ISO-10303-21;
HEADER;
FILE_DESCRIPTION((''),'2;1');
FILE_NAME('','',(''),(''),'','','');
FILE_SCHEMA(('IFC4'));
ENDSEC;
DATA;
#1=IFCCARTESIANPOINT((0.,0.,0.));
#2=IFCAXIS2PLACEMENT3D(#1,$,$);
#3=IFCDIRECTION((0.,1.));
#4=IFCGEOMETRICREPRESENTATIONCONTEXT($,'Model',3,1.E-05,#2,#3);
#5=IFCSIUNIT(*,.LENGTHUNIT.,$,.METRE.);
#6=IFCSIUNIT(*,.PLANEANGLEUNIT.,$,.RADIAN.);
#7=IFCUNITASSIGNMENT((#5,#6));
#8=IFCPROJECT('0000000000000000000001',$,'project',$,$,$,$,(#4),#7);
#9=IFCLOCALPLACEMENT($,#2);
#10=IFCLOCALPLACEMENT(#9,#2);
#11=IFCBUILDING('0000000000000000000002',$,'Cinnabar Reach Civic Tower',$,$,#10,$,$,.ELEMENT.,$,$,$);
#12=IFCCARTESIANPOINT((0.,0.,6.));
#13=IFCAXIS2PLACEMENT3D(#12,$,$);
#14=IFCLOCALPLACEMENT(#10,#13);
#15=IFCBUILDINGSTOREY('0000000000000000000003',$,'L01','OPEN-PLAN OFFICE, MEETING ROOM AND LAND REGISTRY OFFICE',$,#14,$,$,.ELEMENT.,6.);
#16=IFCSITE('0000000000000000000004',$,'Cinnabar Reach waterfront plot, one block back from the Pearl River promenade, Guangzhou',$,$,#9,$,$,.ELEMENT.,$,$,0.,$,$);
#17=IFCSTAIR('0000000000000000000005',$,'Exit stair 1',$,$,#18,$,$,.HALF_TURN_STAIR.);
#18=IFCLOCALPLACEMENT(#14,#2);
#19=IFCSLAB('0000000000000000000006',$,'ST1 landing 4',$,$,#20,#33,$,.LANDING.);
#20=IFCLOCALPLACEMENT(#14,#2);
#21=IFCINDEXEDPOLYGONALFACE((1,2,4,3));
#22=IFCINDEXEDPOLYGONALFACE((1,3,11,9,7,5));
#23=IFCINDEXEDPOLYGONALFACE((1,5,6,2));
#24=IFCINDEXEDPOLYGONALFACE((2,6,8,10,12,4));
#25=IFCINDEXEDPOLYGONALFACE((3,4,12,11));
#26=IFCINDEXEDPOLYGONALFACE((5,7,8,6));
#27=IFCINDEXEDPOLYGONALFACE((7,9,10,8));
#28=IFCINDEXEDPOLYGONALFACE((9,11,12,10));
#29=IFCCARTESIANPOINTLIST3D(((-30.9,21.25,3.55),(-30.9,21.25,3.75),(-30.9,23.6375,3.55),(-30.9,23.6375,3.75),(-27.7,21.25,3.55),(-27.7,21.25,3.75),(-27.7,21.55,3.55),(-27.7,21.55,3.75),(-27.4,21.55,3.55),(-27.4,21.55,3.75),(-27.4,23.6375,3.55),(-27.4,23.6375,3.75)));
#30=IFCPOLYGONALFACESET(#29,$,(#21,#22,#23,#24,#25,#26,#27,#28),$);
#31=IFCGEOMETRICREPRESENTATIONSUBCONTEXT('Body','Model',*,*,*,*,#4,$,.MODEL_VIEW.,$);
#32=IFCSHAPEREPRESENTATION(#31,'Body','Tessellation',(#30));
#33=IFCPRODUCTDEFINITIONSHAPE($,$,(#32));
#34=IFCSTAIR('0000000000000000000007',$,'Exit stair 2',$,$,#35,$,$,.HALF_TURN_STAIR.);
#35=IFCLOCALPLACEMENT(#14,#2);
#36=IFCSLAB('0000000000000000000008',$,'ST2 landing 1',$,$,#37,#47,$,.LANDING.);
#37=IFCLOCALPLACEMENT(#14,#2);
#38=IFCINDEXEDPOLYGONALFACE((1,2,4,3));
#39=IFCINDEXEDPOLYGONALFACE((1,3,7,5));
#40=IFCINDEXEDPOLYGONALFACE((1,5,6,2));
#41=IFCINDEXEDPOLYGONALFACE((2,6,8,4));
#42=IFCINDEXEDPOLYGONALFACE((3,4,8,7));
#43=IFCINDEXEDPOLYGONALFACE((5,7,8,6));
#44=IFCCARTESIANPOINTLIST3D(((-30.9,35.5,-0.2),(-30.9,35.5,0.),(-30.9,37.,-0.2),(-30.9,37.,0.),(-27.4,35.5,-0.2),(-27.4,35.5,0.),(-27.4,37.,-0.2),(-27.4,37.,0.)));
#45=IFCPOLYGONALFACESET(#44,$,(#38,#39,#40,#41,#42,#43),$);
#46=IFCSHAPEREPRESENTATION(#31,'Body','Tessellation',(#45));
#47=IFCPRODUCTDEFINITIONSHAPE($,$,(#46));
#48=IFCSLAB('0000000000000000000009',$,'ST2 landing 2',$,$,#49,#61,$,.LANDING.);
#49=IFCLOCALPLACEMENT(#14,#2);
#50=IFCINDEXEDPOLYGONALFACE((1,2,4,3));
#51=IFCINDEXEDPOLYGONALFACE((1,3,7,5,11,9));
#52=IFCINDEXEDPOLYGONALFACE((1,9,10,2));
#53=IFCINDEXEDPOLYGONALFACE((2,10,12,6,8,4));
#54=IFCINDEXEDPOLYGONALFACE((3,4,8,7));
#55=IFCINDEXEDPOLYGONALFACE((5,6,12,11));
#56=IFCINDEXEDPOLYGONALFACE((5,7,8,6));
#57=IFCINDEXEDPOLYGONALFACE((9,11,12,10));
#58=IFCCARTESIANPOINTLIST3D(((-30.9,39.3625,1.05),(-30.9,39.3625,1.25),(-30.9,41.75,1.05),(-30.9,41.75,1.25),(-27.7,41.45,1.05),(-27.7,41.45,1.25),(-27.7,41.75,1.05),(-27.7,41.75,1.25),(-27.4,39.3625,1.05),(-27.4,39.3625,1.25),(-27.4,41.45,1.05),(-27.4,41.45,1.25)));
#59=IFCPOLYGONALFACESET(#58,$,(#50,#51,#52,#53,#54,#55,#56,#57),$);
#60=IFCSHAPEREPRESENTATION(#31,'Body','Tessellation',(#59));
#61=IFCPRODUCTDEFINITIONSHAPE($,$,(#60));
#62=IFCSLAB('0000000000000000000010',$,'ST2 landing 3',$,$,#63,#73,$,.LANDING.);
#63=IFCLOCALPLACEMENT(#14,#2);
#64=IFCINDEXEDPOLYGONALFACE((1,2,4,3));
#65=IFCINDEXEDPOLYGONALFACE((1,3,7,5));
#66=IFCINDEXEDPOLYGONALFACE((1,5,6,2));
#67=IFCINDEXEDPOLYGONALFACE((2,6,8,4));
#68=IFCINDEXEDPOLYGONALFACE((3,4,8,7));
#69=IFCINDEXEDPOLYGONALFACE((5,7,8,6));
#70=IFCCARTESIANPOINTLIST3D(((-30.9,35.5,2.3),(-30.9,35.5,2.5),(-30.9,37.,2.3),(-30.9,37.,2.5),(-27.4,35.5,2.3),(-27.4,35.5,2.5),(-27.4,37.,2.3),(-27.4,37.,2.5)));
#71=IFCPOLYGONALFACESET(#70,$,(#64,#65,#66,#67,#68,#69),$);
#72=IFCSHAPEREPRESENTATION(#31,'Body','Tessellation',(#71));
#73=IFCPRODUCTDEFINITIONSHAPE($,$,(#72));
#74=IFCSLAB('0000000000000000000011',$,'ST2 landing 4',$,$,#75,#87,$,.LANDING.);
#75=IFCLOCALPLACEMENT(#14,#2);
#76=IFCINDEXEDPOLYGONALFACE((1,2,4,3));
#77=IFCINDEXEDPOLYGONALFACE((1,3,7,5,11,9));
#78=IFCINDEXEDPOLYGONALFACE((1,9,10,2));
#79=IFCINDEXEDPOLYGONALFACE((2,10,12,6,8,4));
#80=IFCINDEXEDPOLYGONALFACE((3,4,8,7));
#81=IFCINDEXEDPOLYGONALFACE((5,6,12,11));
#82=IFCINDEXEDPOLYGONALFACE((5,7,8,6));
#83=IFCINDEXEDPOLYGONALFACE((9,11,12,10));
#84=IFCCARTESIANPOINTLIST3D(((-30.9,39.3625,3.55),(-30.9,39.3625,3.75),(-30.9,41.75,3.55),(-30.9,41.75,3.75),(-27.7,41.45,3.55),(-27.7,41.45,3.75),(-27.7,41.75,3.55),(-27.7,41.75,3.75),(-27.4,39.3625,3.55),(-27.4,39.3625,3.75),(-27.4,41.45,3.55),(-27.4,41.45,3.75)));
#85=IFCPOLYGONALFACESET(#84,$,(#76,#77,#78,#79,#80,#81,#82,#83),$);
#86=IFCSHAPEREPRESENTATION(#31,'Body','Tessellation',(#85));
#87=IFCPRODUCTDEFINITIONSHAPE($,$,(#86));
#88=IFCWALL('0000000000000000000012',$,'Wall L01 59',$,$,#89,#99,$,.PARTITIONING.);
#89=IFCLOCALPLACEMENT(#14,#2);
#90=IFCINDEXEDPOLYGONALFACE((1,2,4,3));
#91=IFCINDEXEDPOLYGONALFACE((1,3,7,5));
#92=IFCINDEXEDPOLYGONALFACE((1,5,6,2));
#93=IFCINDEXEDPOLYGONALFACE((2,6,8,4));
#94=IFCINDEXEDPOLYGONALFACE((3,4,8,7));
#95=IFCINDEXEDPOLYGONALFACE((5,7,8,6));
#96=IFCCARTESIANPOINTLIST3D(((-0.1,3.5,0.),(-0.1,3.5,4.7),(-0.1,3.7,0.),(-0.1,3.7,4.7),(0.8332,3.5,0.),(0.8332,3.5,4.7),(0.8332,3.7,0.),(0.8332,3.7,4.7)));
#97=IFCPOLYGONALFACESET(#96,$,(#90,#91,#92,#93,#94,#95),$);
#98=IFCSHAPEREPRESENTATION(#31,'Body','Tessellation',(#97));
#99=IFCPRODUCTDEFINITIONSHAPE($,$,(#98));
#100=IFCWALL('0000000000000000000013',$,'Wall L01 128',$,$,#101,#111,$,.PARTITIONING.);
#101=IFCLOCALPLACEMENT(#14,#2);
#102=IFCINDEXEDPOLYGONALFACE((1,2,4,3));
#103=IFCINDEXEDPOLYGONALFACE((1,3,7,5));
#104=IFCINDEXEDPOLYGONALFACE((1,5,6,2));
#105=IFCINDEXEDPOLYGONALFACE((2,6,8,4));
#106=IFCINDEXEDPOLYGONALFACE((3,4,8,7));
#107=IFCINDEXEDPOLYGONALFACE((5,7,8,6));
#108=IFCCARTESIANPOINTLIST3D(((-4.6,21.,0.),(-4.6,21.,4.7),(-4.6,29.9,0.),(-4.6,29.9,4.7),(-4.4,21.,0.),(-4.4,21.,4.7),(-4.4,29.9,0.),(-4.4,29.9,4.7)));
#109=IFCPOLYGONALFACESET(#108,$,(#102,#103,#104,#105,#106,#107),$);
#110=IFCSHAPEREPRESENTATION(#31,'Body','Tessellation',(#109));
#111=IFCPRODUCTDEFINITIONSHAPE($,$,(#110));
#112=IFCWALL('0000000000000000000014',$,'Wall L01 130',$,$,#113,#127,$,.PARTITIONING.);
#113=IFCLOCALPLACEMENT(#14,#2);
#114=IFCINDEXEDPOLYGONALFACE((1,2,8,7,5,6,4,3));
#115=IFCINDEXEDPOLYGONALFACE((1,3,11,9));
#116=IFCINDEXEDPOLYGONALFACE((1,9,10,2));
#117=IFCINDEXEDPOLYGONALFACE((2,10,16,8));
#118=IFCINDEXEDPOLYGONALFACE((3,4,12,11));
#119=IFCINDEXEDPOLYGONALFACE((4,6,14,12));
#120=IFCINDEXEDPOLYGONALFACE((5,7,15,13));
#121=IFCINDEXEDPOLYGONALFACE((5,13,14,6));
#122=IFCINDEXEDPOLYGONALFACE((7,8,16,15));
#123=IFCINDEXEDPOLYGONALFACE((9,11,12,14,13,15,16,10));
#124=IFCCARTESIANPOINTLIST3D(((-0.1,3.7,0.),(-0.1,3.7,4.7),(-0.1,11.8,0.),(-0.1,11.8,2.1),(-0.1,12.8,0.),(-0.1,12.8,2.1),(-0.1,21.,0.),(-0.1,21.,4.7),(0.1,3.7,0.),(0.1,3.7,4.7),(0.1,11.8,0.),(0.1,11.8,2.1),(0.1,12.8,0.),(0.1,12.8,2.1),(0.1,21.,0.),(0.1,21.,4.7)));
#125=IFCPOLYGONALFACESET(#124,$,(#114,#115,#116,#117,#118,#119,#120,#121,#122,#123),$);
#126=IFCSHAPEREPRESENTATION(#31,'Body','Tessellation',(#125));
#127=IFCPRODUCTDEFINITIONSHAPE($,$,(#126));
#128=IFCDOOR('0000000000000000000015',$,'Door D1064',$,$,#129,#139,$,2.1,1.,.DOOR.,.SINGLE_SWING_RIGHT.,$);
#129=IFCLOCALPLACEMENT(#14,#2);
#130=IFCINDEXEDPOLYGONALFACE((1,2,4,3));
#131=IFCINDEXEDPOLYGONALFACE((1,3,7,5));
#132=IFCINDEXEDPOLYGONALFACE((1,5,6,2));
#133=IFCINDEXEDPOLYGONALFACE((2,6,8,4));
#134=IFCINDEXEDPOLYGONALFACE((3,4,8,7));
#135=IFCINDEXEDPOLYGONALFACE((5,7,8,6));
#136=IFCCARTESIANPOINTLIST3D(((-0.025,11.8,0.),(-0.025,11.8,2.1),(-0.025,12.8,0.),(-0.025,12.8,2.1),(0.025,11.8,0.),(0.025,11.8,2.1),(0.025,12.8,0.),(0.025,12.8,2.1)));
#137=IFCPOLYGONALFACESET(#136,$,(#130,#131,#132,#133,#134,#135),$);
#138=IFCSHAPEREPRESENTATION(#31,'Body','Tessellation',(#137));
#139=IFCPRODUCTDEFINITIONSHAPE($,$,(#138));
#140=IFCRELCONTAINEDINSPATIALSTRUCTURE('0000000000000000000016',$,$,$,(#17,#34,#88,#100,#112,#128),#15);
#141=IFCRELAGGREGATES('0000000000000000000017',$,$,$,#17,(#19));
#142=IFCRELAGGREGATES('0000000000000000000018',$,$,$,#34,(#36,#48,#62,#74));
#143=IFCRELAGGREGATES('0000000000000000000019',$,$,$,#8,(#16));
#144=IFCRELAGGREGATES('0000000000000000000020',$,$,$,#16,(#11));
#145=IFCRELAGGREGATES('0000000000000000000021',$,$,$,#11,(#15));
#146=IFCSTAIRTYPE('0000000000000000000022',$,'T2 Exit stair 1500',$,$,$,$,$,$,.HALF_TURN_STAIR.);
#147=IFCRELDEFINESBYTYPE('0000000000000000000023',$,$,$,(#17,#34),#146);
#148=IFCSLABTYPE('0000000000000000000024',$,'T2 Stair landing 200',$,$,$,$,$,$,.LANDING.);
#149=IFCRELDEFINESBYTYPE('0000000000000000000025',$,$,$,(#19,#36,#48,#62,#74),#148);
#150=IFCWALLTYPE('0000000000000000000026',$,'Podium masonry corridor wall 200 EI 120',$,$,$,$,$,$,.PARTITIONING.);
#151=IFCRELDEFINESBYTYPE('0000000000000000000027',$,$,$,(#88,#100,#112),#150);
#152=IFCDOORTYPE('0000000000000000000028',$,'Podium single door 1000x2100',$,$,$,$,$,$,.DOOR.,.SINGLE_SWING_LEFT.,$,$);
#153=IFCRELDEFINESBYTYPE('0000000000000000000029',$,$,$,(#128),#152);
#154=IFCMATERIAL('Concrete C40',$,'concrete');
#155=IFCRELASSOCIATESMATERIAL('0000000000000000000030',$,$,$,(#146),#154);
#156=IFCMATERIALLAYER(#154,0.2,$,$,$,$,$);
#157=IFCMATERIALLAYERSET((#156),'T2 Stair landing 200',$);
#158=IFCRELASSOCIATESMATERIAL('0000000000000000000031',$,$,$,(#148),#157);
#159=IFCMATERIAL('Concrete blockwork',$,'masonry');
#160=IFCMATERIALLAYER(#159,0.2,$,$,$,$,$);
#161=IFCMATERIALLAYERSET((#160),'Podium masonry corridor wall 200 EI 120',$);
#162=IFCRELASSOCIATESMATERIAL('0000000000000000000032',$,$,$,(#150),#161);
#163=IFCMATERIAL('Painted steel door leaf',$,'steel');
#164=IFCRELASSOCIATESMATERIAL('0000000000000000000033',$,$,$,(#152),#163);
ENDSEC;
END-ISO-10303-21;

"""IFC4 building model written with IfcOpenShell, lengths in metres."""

from ifc_helpers import new_model, si_unit, direction, frame, frame_2d, origin, place, context, subcontext, project, spatial, polyline, rectangle, outline, extrude, material, layer, layer_set, type_object, element, fill, aggregate, save


model = new_model("IFC4")

# Units and contexts
model_context = context("Model", 3, precision=1e-05, world=origin(), true_north=direction((0.0, 1.0)))
body_context = subcontext(model_context, "Body", "Model", "MODEL_VIEW")
ifc_project = project(units=[si_unit("LENGTHUNIT", "METRE"), si_unit("PLANEANGLEUNIT", "RADIAN")], contexts=[model_context])

# Site, building, storey
site_placement = place(None, origin())
site = spatial("IfcSite", under=ifc_project, at=site_placement, Name="Cinnabar Reach waterfront plot, one block back from the Pearl River promenade, Guangzhou", CompositionType="ELEMENT", RefElevation=0.0)
building_placement = place(site_placement, origin())
building = spatial("IfcBuilding", under=site, at=building_placement, Name="Cinnabar Reach Civic Tower", CompositionType="ELEMENT")
storey_placement = place(building_placement, frame((0.0, 0.0, 6.0)))
storey = spatial("IfcBuildingStorey", under=building, at=storey_placement, Name="L01", Description="OPEN-PLAN OFFICE, MEETING ROOM AND LAND REGISTRY OFFICE", CompositionType="ELEMENT", Elevation=6.0)

# Shared definitions
ifc_material_1 = material(Name="Concrete C40", Category="concrete")

# Stairs, slabs
stair_type_1 = type_object("IfcStairType", Name="T2 Exit stair 1500", PredefinedType="HALF_TURN_STAIR", material=ifc_material_1)
stair_1_placement = place(storey_placement, origin())
stair_1 = element("IfcStair", 1, at=stair_1_placement, inside=storey, type_object=stair_type_1, Name="Exit stair 1", PredefinedType="HALF_TURN_STAIR")
ifc_layer_1 = layer(ifc_material_1, 0.2)
ifc_layer_set_1 = layer_set([ifc_layer_1], Name="T2 Stair landing 200")
slab_type_1 = type_object("IfcSlabType", Name="T2 Stair landing 200", PredefinedType="LANDING", material=ifc_layer_set_1)
slab_1_placement = place(storey_placement, frame((0.0, 0.0, 3.55)))
slab_1 = element("IfcSlab", 2, at=slab_1_placement, type_object=slab_type_1, Name="ST1 landing 4", PredefinedType="LANDING", context=body_context, shape_type="SweptSolid", body=[
    extrude(outline(polyline([(-30.9, 21.25), (-30.9, 23.6375), (-27.4, 23.6375), (-27.4, 21.55), (-27.7, 21.55), (-27.7, 21.25), (-30.9, 21.25)])), origin(), (0.0, 0.0, 1.0), 0.2),
])
aggregate(stair_1, [slab_1])
stair_2_placement = place(storey_placement, origin())
stair_2 = element("IfcStair", 3, at=stair_2_placement, inside=storey, type_object=stair_type_1, Name="Exit stair 2", PredefinedType="HALF_TURN_STAIR")
slab_2_placement = place(storey_placement, frame((0.0, 0.0, -0.2)))
slab_2 = element("IfcSlab", 4, at=slab_2_placement, type_object=slab_type_1, Name="ST2 landing 1", PredefinedType="LANDING", context=body_context, shape_type="SweptSolid", body=[
    extrude(outline(polyline([(-30.9, 35.5), (-30.9, 37.0), (-27.4, 37.0), (-27.4, 35.5), (-30.9, 35.5)])), origin(), (0.0, 0.0, 1.0), 0.2),
])
slab_3_placement = place(storey_placement, frame((0.0, 0.0, 1.05)))
slab_3 = element("IfcSlab", 5, at=slab_3_placement, type_object=slab_type_1, Name="ST2 landing 2", PredefinedType="LANDING", context=body_context, shape_type="SweptSolid", body=[
    extrude(outline(polyline([(-27.4, 39.3625), (-30.9, 39.3625), (-30.9, 41.75), (-27.7, 41.75), (-27.7, 41.45), (-27.4, 41.45), (-27.4, 39.3625)])), origin(), (0.0, 0.0, 1.0), 0.2),
])
slab_4_placement = place(storey_placement, frame((0.0, 0.0, 2.3)))
slab_4 = element("IfcSlab", 6, at=slab_4_placement, type_object=slab_type_1, Name="ST2 landing 3", PredefinedType="LANDING", context=body_context, shape_type="SweptSolid", body=[
    extrude(outline(polyline([(-30.9, 35.5), (-30.9, 37.0), (-27.4, 37.0), (-27.4, 35.5), (-30.9, 35.5)])), origin(), (0.0, 0.0, 1.0), 0.2),
])
slab_5_placement = place(storey_placement, frame((0.0, 0.0, 3.55)))
slab_5 = element("IfcSlab", 7, at=slab_5_placement, type_object=slab_type_1, Name="ST2 landing 4", PredefinedType="LANDING", context=body_context, shape_type="SweptSolid", body=[
    extrude(outline(polyline([(-27.4, 39.3625), (-30.9, 39.3625), (-30.9, 41.75), (-27.7, 41.75), (-27.7, 41.45), (-27.4, 41.45), (-27.4, 39.3625)])), origin(), (0.0, 0.0, 1.0), 0.2),
])
aggregate(stair_2, [slab_2, slab_3, slab_4, slab_5])

# Walls
ifc_material_2 = material(Name="Concrete blockwork", Category="masonry")
ifc_layer_2 = layer(ifc_material_2, 0.2)
ifc_layer_set_2 = layer_set([ifc_layer_2], Name="Podium masonry corridor wall 200 EI 120")
wall_type = type_object("IfcWallType", Name="Podium masonry corridor wall 200 EI 120", PredefinedType="PARTITIONING", material=ifc_layer_set_2)
wall_1_placement = place(storey_placement, frame((-0.1, 3.6, 0.0), z_axis=(0.0, 0.0, 1.0), x_axis=(1.0, 0.0, 0.0)))
element("IfcWall", 8, at=wall_1_placement, inside=storey, type_object=wall_type, Name="Wall L01 59", PredefinedType="PARTITIONING", context=body_context, shape_type="SweptSolid", body=[
    extrude(rectangle(XDim=0.9331, YDim=0.2, at=frame_2d((0.4666, 0.0))), origin(), (0.0, 0.0, 1.0), 4.7),
])
wall_2_placement = place(storey_placement, frame((-4.5, 21.0, 0.0), z_axis=(0.0, 0.0, 1.0), x_axis=(0.0, 1.0, 0.0)))
element("IfcWall", 9, at=wall_2_placement, inside=storey, type_object=wall_type, Name="Wall L01 128", PredefinedType="PARTITIONING", context=body_context, shape_type="SweptSolid", body=[
    extrude(rectangle(XDim=8.9, YDim=0.2, at=frame_2d((4.45, 0.0))), origin(), (0.0, 0.0, 1.0), 4.7),
])

# Wall, opening, door
wall_3_placement = place(storey_placement, frame((0.0, 3.7, 0.0), z_axis=(0.0, 0.0, 1.0), x_axis=(0.0, 1.0, 0.0)))
wall_3 = element("IfcWall", 10, at=wall_3_placement, inside=storey, type_object=wall_type, Name="Wall L01 130", PredefinedType="PARTITIONING", context=body_context, shape_type="SweptSolid", body=[
    extrude(rectangle(XDim=17.3, YDim=0.2, at=frame_2d((8.65, 0.0))), origin(), (0.0, 0.0, 1.0), 4.7),
])
opening_placement = place(wall_3_placement, frame((8.1, 0.0, 0.0)))
opening = element("IfcOpeningElement", 11, at=opening_placement, cuts=wall_3, PredefinedType="OPENING", context=body_context, shape_type="SweptSolid", body=[
    extrude(rectangle(XDim=1.0, YDim=2.1, at=frame_2d((0.5, 1.05))), frame((0.0, 0.11, 0.0), z_axis=(0.0, -1.0, 0.0), x_axis=(1.0, 0.0, 0.0)), (0.0, 0.0, 1.0), 0.22),
])
ifc_material_3 = material(Name="Painted steel door leaf", Category="steel")
door_type = type_object("IfcDoorType", Name="Podium single door 1000x2100", OperationType="SINGLE_SWING_LEFT", PredefinedType="DOOR", material=ifc_material_3)
door_placement = place(opening_placement, frame((1.0, 0.0, 0.0), z_axis=(0.0, 0.0, 1.0), x_axis=(-1.0, 0.0, 0.0)))
door = element("IfcDoor", 12, at=door_placement, inside=storey, type_object=door_type, Name="Door D1064", OperationType="SINGLE_SWING_RIGHT", OverallHeight=2.1, OverallWidth=1.0, PredefinedType="DOOR", context=body_context, shape_type="SweptSolid", body=[
    extrude(rectangle(XDim=1.0, YDim=2.1, at=frame_2d((0.5, 1.05))), frame((0.0, 0.025, 0.0), z_axis=(0.0, -1.0, 0.0), x_axis=(1.0, 0.0, 0.0)), (0.0, 0.0, 1.0), 0.05),
])
fill(opening, door)

save(model, "model.ifc")
